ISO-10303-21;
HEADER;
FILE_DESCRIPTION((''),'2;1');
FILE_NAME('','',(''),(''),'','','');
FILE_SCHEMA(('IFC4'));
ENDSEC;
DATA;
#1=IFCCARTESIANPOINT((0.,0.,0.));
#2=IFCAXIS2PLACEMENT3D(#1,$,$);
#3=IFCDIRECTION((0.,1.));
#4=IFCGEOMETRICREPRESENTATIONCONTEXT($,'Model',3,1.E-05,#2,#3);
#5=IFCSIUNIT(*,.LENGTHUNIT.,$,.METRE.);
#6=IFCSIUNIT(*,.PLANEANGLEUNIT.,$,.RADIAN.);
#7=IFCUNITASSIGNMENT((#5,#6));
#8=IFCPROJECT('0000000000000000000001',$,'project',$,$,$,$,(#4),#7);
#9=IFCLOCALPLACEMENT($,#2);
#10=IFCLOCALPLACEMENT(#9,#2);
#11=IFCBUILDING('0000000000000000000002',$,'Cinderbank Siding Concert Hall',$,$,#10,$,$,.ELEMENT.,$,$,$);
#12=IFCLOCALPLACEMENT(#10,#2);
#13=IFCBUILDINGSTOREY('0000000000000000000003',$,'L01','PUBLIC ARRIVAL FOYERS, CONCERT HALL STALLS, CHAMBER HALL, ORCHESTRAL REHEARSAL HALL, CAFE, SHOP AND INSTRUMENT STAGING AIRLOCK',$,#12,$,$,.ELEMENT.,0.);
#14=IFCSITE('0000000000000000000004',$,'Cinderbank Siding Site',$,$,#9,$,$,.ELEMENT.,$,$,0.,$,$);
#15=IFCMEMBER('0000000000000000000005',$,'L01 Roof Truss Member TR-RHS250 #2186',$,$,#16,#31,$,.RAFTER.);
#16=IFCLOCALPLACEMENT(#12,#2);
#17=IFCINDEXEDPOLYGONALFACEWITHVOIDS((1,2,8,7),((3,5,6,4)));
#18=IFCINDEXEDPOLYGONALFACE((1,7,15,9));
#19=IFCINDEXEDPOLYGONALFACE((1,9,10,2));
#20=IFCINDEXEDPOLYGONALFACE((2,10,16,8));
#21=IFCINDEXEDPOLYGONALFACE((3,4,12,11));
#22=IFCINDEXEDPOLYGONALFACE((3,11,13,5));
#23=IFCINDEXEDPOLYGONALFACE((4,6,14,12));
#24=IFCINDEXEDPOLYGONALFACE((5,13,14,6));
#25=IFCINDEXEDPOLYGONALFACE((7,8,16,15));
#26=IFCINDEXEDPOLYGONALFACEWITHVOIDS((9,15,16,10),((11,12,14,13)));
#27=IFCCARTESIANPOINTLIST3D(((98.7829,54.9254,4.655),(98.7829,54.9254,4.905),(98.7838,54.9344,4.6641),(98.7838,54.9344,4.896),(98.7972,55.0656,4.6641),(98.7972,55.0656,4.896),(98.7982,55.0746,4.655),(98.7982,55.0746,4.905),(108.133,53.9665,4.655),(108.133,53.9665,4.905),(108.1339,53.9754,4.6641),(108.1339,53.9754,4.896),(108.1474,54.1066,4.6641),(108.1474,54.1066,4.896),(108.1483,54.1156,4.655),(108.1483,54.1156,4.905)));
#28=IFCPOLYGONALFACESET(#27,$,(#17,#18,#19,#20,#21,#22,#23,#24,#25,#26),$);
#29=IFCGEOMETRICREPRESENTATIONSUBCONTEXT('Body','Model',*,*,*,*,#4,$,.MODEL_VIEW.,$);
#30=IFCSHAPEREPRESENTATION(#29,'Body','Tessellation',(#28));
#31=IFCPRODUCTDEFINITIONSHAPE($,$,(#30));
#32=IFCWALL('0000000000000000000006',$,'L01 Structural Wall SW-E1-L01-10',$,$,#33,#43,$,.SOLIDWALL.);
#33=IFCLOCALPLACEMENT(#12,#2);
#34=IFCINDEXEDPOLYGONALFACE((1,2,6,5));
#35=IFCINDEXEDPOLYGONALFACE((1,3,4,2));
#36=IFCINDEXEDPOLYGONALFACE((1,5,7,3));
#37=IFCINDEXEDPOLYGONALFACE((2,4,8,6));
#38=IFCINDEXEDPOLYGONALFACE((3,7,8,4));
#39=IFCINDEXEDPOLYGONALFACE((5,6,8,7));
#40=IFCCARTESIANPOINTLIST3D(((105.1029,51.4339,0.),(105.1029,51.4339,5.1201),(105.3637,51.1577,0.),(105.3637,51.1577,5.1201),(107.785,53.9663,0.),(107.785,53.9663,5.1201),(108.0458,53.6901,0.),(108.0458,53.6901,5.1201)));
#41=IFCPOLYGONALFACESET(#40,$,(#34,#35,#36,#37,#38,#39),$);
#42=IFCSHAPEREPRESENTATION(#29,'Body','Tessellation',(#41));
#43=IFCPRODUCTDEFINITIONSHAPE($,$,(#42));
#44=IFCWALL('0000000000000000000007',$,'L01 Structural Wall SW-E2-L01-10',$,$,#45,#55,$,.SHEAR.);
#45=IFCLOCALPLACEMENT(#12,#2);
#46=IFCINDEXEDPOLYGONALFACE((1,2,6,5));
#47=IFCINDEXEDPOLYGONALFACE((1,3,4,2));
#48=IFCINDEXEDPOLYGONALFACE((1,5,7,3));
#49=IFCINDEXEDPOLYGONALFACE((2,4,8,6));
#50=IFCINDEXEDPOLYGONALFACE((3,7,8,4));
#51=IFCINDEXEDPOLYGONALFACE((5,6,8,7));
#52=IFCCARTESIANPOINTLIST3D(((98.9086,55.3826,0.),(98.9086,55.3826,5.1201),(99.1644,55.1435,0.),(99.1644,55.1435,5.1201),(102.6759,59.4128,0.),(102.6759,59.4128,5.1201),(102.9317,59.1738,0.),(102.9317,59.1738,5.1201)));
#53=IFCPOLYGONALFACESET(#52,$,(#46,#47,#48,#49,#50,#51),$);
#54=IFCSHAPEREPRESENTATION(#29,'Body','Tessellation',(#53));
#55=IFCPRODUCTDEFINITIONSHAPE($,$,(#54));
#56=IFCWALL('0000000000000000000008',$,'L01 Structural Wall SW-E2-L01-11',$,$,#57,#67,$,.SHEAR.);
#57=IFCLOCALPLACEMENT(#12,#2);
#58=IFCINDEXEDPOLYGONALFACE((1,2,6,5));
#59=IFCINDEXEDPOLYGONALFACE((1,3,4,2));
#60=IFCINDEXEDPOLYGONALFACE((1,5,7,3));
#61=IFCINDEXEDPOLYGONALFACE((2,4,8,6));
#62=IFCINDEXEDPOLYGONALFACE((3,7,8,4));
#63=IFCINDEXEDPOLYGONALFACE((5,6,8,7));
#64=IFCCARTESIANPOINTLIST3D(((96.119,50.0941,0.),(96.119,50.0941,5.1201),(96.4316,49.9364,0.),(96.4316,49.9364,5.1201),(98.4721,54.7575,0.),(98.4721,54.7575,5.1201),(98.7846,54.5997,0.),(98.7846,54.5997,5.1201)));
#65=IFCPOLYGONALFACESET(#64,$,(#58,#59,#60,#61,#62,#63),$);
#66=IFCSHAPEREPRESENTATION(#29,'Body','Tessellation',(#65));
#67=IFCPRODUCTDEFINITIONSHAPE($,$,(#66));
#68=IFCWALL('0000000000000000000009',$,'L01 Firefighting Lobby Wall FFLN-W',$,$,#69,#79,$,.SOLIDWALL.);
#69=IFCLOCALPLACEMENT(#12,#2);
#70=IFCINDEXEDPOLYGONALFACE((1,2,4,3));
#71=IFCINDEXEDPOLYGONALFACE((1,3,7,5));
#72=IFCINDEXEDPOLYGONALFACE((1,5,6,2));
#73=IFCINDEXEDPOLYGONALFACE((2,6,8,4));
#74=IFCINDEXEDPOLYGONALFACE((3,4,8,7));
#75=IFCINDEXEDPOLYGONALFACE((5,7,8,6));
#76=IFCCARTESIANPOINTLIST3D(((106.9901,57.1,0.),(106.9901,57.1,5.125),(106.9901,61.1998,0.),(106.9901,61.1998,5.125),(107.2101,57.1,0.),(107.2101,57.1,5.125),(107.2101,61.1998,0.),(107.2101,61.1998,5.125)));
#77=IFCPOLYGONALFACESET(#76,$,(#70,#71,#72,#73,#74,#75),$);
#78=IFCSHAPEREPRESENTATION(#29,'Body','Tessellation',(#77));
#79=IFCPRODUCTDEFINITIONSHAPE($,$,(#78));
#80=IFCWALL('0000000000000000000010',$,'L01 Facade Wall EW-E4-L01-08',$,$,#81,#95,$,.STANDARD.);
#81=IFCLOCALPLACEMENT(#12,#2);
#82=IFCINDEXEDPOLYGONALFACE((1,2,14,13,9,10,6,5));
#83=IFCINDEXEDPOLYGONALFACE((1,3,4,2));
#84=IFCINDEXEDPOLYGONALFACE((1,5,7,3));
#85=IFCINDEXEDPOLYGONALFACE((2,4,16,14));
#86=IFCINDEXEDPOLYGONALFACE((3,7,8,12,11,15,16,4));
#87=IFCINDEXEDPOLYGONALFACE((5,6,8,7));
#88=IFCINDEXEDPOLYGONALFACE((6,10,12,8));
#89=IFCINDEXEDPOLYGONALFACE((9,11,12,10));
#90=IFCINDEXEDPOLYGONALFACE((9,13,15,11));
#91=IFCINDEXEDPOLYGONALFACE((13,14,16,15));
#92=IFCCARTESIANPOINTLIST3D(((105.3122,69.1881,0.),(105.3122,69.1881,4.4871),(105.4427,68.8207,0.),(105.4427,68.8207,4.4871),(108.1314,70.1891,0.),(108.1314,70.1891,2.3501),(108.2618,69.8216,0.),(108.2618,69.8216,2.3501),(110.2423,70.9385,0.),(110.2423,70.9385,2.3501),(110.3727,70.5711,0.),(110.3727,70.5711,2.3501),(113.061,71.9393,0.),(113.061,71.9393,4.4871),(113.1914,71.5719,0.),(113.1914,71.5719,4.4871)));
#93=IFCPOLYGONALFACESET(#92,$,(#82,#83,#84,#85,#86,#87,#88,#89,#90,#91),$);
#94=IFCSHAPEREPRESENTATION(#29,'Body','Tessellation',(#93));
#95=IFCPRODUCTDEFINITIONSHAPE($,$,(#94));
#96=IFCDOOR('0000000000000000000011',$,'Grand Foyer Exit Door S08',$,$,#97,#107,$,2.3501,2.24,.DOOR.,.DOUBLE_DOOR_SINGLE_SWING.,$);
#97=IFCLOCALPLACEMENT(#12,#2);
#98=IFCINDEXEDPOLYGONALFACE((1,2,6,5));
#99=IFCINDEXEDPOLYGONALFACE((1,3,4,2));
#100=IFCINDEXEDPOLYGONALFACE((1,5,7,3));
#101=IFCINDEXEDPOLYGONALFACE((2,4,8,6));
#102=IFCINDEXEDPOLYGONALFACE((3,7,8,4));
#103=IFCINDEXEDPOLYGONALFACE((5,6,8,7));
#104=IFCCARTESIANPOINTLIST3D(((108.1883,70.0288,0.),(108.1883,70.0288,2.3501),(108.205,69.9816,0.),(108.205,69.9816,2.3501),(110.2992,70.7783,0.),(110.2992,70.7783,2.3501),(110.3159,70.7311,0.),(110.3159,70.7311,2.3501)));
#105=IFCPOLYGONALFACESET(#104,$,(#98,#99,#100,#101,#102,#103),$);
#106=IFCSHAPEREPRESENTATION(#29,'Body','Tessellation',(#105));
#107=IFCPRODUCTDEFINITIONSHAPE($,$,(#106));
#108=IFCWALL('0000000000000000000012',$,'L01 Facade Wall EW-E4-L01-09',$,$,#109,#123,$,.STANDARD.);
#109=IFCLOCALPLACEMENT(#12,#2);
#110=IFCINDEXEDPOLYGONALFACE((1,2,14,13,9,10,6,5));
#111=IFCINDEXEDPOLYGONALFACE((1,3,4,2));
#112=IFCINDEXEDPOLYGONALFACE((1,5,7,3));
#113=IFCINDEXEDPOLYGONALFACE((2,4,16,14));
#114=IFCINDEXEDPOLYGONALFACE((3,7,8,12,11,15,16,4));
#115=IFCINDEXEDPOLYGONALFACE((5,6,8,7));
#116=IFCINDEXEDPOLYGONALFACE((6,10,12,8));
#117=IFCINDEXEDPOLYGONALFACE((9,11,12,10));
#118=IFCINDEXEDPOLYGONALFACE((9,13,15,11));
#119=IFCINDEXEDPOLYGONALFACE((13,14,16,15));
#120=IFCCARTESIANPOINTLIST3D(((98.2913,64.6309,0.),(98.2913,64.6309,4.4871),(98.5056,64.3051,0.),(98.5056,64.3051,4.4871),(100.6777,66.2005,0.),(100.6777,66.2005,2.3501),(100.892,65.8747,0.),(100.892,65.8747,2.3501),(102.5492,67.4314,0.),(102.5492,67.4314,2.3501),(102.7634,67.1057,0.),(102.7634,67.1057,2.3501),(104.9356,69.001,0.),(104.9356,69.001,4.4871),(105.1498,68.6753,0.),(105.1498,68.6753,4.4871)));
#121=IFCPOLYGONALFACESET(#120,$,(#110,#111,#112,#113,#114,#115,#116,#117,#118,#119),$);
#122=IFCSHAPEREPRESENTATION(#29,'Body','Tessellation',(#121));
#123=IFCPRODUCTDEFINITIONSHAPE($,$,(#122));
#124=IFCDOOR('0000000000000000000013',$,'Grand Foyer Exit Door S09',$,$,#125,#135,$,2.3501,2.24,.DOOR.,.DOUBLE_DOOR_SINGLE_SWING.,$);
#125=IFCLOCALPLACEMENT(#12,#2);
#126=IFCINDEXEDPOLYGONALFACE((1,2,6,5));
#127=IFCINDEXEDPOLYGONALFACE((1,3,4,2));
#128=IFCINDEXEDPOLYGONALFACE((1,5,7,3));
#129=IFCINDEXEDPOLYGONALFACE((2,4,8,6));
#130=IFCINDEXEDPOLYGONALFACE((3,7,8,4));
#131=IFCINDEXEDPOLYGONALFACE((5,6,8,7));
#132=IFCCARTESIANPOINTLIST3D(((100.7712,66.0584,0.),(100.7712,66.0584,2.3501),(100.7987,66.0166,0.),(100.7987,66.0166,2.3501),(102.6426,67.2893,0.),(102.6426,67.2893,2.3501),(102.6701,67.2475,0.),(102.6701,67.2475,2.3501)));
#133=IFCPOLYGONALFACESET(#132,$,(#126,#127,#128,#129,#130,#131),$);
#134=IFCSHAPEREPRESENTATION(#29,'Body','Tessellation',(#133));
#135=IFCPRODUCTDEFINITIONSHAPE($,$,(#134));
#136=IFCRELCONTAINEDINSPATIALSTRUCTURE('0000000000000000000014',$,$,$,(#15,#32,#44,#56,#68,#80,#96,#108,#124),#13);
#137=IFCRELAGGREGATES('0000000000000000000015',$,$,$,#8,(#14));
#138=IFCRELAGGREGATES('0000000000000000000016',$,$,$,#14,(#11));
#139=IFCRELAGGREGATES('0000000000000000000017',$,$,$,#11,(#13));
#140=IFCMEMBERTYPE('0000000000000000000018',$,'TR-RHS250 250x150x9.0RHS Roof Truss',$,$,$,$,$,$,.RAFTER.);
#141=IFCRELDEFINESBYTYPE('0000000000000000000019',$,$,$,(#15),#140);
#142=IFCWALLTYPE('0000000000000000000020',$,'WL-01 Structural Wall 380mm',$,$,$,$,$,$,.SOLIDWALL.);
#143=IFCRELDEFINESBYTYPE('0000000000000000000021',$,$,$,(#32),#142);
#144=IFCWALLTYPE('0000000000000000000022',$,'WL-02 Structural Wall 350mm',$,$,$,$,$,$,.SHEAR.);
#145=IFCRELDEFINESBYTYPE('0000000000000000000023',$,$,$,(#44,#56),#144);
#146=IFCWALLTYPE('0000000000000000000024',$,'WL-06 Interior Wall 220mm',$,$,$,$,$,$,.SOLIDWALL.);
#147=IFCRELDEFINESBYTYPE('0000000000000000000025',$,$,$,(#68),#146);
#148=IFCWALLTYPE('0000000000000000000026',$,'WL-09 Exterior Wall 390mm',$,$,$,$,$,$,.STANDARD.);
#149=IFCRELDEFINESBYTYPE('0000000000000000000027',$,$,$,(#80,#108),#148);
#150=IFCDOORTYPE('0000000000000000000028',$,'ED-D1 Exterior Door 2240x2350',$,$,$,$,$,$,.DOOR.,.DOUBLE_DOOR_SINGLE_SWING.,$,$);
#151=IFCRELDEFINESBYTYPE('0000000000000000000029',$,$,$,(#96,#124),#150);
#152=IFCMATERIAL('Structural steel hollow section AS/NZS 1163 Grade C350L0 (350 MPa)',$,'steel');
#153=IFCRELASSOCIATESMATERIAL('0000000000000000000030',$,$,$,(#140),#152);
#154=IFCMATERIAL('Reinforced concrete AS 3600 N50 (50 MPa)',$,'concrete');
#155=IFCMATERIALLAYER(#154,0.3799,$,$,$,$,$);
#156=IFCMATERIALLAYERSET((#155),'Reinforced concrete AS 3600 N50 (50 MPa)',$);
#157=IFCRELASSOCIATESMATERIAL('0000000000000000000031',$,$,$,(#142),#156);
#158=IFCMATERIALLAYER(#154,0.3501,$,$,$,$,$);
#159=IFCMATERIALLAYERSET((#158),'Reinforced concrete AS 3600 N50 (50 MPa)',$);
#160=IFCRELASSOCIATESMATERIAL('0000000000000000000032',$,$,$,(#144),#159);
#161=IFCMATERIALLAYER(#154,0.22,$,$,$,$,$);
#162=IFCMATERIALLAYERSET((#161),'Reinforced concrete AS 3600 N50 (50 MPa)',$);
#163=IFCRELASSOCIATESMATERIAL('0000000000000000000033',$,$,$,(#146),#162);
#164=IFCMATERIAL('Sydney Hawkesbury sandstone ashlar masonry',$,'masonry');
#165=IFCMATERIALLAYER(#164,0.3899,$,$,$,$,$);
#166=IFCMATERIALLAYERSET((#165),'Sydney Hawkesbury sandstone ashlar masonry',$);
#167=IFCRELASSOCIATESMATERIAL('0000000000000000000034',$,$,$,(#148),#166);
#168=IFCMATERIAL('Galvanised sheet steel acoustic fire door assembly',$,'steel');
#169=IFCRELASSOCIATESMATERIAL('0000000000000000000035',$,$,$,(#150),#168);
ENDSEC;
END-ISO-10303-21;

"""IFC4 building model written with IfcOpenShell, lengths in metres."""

from ifc_helpers import new_model, si_unit, direction, frame, frame_2d, origin, origin_2d, place, context, subcontext, project, spatial, rectangle, hollow_rectangle, extrude, material, layer, layer_set, material_profile, profile_set, type_object, element, fill, save


model = new_model("IFC4")

# Units and contexts
model_context = context("Model", 3, precision=1e-05, world=origin(), true_north=direction((0.0, 1.0)))
body_context = subcontext(model_context, "Body", "Model", "MODEL_VIEW")
ifc_project = project(units=[si_unit("LENGTHUNIT", "METRE"), si_unit("PLANEANGLEUNIT", "RADIAN")], contexts=[model_context])

# Site, building, storey
site_placement = place(None, origin())
site = spatial("IfcSite", under=ifc_project, at=site_placement, Name="Cinderbank Siding Site", CompositionType="ELEMENT", RefElevation=0.0)
building_placement = place(site_placement, origin())
building = spatial("IfcBuilding", under=site, at=building_placement, Name="Cinderbank Siding Concert Hall", CompositionType="ELEMENT")
storey_placement = place(building_placement, origin())
storey = spatial("IfcBuildingStorey", under=building, at=storey_placement, Name="L01", Description="PUBLIC ARRIVAL FOYERS, CONCERT HALL STALLS, CHAMBER HALL, ORCHESTRAL REHEARSAL HALL, CAFE, SHOP AND INSTRUMENT STAGING AIRLOCK", CompositionType="ELEMENT", Elevation=0.0)

# Shared definitions
ifc_material_1 = material(Name="Structural steel hollow section AS/NZS 1163 Grade C350L0 (350 MPa)", Category="steel")
ifc_material_2 = material(Name="Reinforced concrete AS 3600 N50 (50 MPa)", Category="concrete")

# Member
ifc_material_profile_1 = material_profile(ifc_material_1, hollow_rectangle(XDim=0.1499, YDim=0.25, WallThickness=0.009, at=origin_2d()), Name="250x150x9.0RHS", Category="LoadBearing")
ifc_profile_set_1 = profile_set([ifc_material_profile_1], Name="Structural steel hollow section AS/NZS 1163 Grade C350L0 (350 MPa)")
member_type_1 = type_object("IfcMemberType", Name="TR-RHS250 250x150x9.0RHS Roof Truss", PredefinedType="RAFTER", material=ifc_profile_set_1)
member_1_placement = place(storey_placement, frame((108.1406, 54.041, 4.78), z_axis=(-0.994781, 0.102029, 0.0), x_axis=(-0.102029, -0.994781, 0.0)))
element("IfcMember", 1, at=member_1_placement, inside=storey, type_object=member_type_1, Name="L01 Roof Truss Member TR-RHS250 #2186", PredefinedType="RAFTER", context=body_context, shape_type="SweptSolid", body=[
    extrude(hollow_rectangle(XDim=0.1499, YDim=0.25, WallThickness=0.009, at=origin_2d()), origin(), (0.0, 0.0, 1.0), 9.3992),
])

# Walls
ifc_layer_1 = layer(ifc_material_2, 0.3799)
ifc_layer_set_1 = layer_set([ifc_layer_1], Name="Reinforced concrete AS 3600 N50 (50 MPa)")
wall_type_1 = type_object("IfcWallType", Name="WL-01 Structural Wall 380mm", PredefinedType="SOLIDWALL", material=ifc_layer_set_1)
wall_1_placement = place(storey_placement, frame((107.9153, 53.8281, 0.0), z_axis=(0.0, 0.0, 1.0), x_axis=(-0.727101, -0.68653, 0.0)))
element("IfcWall", 2, at=wall_1_placement, inside=storey, type_object=wall_type_1, Name="L01 Structural Wall SW-E1-L01-10", PredefinedType="SOLIDWALL", context=body_context, shape_type="SweptSolid", body=[
    extrude(rectangle(XDim=3.6887, YDim=0.3799, at=frame_2d((1.8442, 0.0))), origin(), (0.0, 0.0, 1.0), 5.1201),
])
ifc_layer_2 = layer(ifc_material_2, 0.3501)
ifc_layer_set_2 = layer_set([ifc_layer_2], Name="Reinforced concrete AS 3600 N50 (50 MPa)")
wall_type_2 = type_object("IfcWallType", Name="WL-02 Structural Wall 350mm", PredefinedType="SHEAR", material=ifc_layer_set_2)
wall_2_placement = place(storey_placement, frame((102.8037, 59.2932, 0.0), z_axis=(0.0, 0.0, 1.0), x_axis=(-0.682875, -0.730536, 0.0)))
element("IfcWall", 3, at=wall_2_placement, inside=storey, type_object=wall_type_2, Name="L01 Structural Wall SW-E2-L01-10", PredefinedType="SHEAR", context=body_context, shape_type="SweptSolid", body=[
    extrude(rectangle(XDim=5.5168, YDim=0.3501, at=frame_2d((2.7583, 0.0))), origin(), (0.0, 0.0, 1.0), 5.1201),
])
wall_3_placement = place(storey_placement, frame((98.6284, 54.6787, 0.0), z_axis=(0.0, 0.0, 1.0), x_axis=(-0.450482, -0.892785, 0.0)))
element("IfcWall", 4, at=wall_3_placement, inside=storey, type_object=wall_type_2, Name="L01 Structural Wall SW-E2-L01-11", PredefinedType="SHEAR", context=body_context, shape_type="SweptSolid", body=[
    extrude(rectangle(XDim=5.2234, YDim=0.3501, at=frame_2d((2.6118, 0.0))), origin(), (0.0, 0.0, 1.0), 5.1201),
])
ifc_layer_3 = layer(ifc_material_2, 0.22)
ifc_layer_set_3 = layer_set([ifc_layer_3], Name="Reinforced concrete AS 3600 N50 (50 MPa)")
wall_type_3 = type_object("IfcWallType", Name="WL-06 Interior Wall 220mm", PredefinedType="SOLIDWALL", material=ifc_layer_set_3)
wall_4_placement = place(storey_placement, frame((107.1001, 57.1001, 0.0), z_axis=(0.0, 0.0, 1.0), x_axis=(0.0, 1.0, 0.0)))
element("IfcWall", 5, at=wall_4_placement, inside=storey, type_object=wall_type_3, Name="L01 Firefighting Lobby Wall FFLN-W", PredefinedType="SOLIDWALL", context=body_context, shape_type="SweptSolid", body=[
    extrude(rectangle(XDim=4.0999, YDim=0.22, at=frame_2d((2.0498, 0.0))), origin(), (0.0, 0.0, 1.0), 5.125),
])

# Walls, openings, doors
ifc_material_3 = material(Name="Sydney Hawkesbury sandstone ashlar masonry", Category="masonry")
ifc_layer_4 = layer(ifc_material_3, 0.3899)
ifc_layer_set_4 = layer_set([ifc_layer_4], Name="Sydney Hawkesbury sandstone ashlar masonry")
wall_type_4 = type_object("IfcWallType", Name="WL-09 Exterior Wall 390mm", PredefinedType="STANDARD", material=ifc_layer_set_4)
wall_5_placement = place(storey_placement, frame((105.3774, 69.0044, 0.0), z_axis=(0.0, 0.0, 1.0), x_axis=(0.942364, 0.334588, 0.0)))
wall_5 = element("IfcWall", 6, at=wall_5_placement, inside=storey, type_object=wall_type_4, Name="L01 Facade Wall EW-E4-L01-08", PredefinedType="STANDARD", context=body_context, shape_type="SweptSolid", body=[
    extrude(rectangle(XDim=8.2227, YDim=0.3899, at=frame_2d((4.1113, 0.0))), origin(), (0.0, 0.0, 1.0), 4.4871),
])
opening_1_placement = place(wall_5_placement, frame((2.9915, 0.0, 0.0)))
opening_1 = element("IfcOpeningElement", 7, at=opening_1_placement, cuts=wall_5, PredefinedType="OPENING", context=body_context, shape_type="SweptSolid", body=[
    extrude(rectangle(XDim=2.24, YDim=2.3501, at=frame_2d((1.1201, 1.175))), frame((0.0, 0.207, 0.0), z_axis=(0.0, -1.0, 0.0), x_axis=(1.0, 0.0, 0.0)), (0.0, 0.0, 1.0), 0.4138),
])
ifc_material_4 = material(Name="Galvanised sheet steel acoustic fire door assembly", Category="steel")
door_type = type_object("IfcDoorType", Name="ED-D1 Exterior Door 2240x2350", OperationType="DOUBLE_DOOR_SINGLE_SWING", PredefinedType="DOOR", material=ifc_material_4)
door_1_placement = place(opening_1_placement, origin())
door_1 = element("IfcDoor", 8, at=door_1_placement, inside=storey, type_object=door_type, Name="Grand Foyer Exit Door S08", OperationType="DOUBLE_DOOR_SINGLE_SWING", OverallHeight=2.3501, OverallWidth=2.24, PredefinedType="DOOR", context=body_context, shape_type="SweptSolid", body=[
    extrude(rectangle(XDim=2.24, YDim=2.3501, at=frame_2d((1.1201, 1.175))), frame((0.0, 0.0249, 0.0), z_axis=(0.0, -1.0, 0.0), x_axis=(1.0, 0.0, 0.0)), (0.0, 0.0, 1.0), 0.05),
])
fill(opening_1, door_1)
wall_6_placement = place(storey_placement, frame((98.3984, 64.468, 0.0), z_axis=(0.0, 0.0, 1.0), x_axis=(0.835482, 0.549518, 0.0)))
wall_6 = element("IfcWall", 9, at=wall_6_placement, inside=storey, type_object=wall_type_4, Name="L01 Facade Wall EW-E4-L01-09", PredefinedType="STANDARD", context=body_context, shape_type="SweptSolid", body=[
    extrude(rectangle(XDim=7.9526, YDim=0.3899, at=frame_2d((3.9763, 0.0))), origin(), (0.0, 0.0, 1.0), 4.4871),
])
opening_2_placement = place(wall_6_placement, frame((2.8562, 0.0, 0.0)))
opening_2 = element("IfcOpeningElement", 10, at=opening_2_placement, cuts=wall_6, PredefinedType="OPENING", context=body_context, shape_type="SweptSolid", body=[
    extrude(rectangle(XDim=2.24, YDim=2.3501, at=frame_2d((1.1201, 1.175))), frame((0.0, 0.207, 0.0), z_axis=(0.0, -1.0, 0.0), x_axis=(1.0, 0.0, 0.0)), (0.0, 0.0, 1.0), 0.4138),
])
door_2_placement = place(opening_2_placement, origin())
door_2 = element("IfcDoor", 11, at=door_2_placement, inside=storey, type_object=door_type, Name="Grand Foyer Exit Door S09", OperationType="DOUBLE_DOOR_SINGLE_SWING", OverallHeight=2.3501, OverallWidth=2.24, PredefinedType="DOOR", context=body_context, shape_type="SweptSolid", body=[
    extrude(rectangle(XDim=2.24, YDim=2.3501, at=frame_2d((1.1201, 1.175))), frame((0.0, 0.0249, 0.0), z_axis=(0.0, -1.0, 0.0), x_axis=(1.0, 0.0, 0.0)), (0.0, 0.0, 1.0), 0.05),
])
fill(opening_2, door_2)

save(model, "model.ifc")
